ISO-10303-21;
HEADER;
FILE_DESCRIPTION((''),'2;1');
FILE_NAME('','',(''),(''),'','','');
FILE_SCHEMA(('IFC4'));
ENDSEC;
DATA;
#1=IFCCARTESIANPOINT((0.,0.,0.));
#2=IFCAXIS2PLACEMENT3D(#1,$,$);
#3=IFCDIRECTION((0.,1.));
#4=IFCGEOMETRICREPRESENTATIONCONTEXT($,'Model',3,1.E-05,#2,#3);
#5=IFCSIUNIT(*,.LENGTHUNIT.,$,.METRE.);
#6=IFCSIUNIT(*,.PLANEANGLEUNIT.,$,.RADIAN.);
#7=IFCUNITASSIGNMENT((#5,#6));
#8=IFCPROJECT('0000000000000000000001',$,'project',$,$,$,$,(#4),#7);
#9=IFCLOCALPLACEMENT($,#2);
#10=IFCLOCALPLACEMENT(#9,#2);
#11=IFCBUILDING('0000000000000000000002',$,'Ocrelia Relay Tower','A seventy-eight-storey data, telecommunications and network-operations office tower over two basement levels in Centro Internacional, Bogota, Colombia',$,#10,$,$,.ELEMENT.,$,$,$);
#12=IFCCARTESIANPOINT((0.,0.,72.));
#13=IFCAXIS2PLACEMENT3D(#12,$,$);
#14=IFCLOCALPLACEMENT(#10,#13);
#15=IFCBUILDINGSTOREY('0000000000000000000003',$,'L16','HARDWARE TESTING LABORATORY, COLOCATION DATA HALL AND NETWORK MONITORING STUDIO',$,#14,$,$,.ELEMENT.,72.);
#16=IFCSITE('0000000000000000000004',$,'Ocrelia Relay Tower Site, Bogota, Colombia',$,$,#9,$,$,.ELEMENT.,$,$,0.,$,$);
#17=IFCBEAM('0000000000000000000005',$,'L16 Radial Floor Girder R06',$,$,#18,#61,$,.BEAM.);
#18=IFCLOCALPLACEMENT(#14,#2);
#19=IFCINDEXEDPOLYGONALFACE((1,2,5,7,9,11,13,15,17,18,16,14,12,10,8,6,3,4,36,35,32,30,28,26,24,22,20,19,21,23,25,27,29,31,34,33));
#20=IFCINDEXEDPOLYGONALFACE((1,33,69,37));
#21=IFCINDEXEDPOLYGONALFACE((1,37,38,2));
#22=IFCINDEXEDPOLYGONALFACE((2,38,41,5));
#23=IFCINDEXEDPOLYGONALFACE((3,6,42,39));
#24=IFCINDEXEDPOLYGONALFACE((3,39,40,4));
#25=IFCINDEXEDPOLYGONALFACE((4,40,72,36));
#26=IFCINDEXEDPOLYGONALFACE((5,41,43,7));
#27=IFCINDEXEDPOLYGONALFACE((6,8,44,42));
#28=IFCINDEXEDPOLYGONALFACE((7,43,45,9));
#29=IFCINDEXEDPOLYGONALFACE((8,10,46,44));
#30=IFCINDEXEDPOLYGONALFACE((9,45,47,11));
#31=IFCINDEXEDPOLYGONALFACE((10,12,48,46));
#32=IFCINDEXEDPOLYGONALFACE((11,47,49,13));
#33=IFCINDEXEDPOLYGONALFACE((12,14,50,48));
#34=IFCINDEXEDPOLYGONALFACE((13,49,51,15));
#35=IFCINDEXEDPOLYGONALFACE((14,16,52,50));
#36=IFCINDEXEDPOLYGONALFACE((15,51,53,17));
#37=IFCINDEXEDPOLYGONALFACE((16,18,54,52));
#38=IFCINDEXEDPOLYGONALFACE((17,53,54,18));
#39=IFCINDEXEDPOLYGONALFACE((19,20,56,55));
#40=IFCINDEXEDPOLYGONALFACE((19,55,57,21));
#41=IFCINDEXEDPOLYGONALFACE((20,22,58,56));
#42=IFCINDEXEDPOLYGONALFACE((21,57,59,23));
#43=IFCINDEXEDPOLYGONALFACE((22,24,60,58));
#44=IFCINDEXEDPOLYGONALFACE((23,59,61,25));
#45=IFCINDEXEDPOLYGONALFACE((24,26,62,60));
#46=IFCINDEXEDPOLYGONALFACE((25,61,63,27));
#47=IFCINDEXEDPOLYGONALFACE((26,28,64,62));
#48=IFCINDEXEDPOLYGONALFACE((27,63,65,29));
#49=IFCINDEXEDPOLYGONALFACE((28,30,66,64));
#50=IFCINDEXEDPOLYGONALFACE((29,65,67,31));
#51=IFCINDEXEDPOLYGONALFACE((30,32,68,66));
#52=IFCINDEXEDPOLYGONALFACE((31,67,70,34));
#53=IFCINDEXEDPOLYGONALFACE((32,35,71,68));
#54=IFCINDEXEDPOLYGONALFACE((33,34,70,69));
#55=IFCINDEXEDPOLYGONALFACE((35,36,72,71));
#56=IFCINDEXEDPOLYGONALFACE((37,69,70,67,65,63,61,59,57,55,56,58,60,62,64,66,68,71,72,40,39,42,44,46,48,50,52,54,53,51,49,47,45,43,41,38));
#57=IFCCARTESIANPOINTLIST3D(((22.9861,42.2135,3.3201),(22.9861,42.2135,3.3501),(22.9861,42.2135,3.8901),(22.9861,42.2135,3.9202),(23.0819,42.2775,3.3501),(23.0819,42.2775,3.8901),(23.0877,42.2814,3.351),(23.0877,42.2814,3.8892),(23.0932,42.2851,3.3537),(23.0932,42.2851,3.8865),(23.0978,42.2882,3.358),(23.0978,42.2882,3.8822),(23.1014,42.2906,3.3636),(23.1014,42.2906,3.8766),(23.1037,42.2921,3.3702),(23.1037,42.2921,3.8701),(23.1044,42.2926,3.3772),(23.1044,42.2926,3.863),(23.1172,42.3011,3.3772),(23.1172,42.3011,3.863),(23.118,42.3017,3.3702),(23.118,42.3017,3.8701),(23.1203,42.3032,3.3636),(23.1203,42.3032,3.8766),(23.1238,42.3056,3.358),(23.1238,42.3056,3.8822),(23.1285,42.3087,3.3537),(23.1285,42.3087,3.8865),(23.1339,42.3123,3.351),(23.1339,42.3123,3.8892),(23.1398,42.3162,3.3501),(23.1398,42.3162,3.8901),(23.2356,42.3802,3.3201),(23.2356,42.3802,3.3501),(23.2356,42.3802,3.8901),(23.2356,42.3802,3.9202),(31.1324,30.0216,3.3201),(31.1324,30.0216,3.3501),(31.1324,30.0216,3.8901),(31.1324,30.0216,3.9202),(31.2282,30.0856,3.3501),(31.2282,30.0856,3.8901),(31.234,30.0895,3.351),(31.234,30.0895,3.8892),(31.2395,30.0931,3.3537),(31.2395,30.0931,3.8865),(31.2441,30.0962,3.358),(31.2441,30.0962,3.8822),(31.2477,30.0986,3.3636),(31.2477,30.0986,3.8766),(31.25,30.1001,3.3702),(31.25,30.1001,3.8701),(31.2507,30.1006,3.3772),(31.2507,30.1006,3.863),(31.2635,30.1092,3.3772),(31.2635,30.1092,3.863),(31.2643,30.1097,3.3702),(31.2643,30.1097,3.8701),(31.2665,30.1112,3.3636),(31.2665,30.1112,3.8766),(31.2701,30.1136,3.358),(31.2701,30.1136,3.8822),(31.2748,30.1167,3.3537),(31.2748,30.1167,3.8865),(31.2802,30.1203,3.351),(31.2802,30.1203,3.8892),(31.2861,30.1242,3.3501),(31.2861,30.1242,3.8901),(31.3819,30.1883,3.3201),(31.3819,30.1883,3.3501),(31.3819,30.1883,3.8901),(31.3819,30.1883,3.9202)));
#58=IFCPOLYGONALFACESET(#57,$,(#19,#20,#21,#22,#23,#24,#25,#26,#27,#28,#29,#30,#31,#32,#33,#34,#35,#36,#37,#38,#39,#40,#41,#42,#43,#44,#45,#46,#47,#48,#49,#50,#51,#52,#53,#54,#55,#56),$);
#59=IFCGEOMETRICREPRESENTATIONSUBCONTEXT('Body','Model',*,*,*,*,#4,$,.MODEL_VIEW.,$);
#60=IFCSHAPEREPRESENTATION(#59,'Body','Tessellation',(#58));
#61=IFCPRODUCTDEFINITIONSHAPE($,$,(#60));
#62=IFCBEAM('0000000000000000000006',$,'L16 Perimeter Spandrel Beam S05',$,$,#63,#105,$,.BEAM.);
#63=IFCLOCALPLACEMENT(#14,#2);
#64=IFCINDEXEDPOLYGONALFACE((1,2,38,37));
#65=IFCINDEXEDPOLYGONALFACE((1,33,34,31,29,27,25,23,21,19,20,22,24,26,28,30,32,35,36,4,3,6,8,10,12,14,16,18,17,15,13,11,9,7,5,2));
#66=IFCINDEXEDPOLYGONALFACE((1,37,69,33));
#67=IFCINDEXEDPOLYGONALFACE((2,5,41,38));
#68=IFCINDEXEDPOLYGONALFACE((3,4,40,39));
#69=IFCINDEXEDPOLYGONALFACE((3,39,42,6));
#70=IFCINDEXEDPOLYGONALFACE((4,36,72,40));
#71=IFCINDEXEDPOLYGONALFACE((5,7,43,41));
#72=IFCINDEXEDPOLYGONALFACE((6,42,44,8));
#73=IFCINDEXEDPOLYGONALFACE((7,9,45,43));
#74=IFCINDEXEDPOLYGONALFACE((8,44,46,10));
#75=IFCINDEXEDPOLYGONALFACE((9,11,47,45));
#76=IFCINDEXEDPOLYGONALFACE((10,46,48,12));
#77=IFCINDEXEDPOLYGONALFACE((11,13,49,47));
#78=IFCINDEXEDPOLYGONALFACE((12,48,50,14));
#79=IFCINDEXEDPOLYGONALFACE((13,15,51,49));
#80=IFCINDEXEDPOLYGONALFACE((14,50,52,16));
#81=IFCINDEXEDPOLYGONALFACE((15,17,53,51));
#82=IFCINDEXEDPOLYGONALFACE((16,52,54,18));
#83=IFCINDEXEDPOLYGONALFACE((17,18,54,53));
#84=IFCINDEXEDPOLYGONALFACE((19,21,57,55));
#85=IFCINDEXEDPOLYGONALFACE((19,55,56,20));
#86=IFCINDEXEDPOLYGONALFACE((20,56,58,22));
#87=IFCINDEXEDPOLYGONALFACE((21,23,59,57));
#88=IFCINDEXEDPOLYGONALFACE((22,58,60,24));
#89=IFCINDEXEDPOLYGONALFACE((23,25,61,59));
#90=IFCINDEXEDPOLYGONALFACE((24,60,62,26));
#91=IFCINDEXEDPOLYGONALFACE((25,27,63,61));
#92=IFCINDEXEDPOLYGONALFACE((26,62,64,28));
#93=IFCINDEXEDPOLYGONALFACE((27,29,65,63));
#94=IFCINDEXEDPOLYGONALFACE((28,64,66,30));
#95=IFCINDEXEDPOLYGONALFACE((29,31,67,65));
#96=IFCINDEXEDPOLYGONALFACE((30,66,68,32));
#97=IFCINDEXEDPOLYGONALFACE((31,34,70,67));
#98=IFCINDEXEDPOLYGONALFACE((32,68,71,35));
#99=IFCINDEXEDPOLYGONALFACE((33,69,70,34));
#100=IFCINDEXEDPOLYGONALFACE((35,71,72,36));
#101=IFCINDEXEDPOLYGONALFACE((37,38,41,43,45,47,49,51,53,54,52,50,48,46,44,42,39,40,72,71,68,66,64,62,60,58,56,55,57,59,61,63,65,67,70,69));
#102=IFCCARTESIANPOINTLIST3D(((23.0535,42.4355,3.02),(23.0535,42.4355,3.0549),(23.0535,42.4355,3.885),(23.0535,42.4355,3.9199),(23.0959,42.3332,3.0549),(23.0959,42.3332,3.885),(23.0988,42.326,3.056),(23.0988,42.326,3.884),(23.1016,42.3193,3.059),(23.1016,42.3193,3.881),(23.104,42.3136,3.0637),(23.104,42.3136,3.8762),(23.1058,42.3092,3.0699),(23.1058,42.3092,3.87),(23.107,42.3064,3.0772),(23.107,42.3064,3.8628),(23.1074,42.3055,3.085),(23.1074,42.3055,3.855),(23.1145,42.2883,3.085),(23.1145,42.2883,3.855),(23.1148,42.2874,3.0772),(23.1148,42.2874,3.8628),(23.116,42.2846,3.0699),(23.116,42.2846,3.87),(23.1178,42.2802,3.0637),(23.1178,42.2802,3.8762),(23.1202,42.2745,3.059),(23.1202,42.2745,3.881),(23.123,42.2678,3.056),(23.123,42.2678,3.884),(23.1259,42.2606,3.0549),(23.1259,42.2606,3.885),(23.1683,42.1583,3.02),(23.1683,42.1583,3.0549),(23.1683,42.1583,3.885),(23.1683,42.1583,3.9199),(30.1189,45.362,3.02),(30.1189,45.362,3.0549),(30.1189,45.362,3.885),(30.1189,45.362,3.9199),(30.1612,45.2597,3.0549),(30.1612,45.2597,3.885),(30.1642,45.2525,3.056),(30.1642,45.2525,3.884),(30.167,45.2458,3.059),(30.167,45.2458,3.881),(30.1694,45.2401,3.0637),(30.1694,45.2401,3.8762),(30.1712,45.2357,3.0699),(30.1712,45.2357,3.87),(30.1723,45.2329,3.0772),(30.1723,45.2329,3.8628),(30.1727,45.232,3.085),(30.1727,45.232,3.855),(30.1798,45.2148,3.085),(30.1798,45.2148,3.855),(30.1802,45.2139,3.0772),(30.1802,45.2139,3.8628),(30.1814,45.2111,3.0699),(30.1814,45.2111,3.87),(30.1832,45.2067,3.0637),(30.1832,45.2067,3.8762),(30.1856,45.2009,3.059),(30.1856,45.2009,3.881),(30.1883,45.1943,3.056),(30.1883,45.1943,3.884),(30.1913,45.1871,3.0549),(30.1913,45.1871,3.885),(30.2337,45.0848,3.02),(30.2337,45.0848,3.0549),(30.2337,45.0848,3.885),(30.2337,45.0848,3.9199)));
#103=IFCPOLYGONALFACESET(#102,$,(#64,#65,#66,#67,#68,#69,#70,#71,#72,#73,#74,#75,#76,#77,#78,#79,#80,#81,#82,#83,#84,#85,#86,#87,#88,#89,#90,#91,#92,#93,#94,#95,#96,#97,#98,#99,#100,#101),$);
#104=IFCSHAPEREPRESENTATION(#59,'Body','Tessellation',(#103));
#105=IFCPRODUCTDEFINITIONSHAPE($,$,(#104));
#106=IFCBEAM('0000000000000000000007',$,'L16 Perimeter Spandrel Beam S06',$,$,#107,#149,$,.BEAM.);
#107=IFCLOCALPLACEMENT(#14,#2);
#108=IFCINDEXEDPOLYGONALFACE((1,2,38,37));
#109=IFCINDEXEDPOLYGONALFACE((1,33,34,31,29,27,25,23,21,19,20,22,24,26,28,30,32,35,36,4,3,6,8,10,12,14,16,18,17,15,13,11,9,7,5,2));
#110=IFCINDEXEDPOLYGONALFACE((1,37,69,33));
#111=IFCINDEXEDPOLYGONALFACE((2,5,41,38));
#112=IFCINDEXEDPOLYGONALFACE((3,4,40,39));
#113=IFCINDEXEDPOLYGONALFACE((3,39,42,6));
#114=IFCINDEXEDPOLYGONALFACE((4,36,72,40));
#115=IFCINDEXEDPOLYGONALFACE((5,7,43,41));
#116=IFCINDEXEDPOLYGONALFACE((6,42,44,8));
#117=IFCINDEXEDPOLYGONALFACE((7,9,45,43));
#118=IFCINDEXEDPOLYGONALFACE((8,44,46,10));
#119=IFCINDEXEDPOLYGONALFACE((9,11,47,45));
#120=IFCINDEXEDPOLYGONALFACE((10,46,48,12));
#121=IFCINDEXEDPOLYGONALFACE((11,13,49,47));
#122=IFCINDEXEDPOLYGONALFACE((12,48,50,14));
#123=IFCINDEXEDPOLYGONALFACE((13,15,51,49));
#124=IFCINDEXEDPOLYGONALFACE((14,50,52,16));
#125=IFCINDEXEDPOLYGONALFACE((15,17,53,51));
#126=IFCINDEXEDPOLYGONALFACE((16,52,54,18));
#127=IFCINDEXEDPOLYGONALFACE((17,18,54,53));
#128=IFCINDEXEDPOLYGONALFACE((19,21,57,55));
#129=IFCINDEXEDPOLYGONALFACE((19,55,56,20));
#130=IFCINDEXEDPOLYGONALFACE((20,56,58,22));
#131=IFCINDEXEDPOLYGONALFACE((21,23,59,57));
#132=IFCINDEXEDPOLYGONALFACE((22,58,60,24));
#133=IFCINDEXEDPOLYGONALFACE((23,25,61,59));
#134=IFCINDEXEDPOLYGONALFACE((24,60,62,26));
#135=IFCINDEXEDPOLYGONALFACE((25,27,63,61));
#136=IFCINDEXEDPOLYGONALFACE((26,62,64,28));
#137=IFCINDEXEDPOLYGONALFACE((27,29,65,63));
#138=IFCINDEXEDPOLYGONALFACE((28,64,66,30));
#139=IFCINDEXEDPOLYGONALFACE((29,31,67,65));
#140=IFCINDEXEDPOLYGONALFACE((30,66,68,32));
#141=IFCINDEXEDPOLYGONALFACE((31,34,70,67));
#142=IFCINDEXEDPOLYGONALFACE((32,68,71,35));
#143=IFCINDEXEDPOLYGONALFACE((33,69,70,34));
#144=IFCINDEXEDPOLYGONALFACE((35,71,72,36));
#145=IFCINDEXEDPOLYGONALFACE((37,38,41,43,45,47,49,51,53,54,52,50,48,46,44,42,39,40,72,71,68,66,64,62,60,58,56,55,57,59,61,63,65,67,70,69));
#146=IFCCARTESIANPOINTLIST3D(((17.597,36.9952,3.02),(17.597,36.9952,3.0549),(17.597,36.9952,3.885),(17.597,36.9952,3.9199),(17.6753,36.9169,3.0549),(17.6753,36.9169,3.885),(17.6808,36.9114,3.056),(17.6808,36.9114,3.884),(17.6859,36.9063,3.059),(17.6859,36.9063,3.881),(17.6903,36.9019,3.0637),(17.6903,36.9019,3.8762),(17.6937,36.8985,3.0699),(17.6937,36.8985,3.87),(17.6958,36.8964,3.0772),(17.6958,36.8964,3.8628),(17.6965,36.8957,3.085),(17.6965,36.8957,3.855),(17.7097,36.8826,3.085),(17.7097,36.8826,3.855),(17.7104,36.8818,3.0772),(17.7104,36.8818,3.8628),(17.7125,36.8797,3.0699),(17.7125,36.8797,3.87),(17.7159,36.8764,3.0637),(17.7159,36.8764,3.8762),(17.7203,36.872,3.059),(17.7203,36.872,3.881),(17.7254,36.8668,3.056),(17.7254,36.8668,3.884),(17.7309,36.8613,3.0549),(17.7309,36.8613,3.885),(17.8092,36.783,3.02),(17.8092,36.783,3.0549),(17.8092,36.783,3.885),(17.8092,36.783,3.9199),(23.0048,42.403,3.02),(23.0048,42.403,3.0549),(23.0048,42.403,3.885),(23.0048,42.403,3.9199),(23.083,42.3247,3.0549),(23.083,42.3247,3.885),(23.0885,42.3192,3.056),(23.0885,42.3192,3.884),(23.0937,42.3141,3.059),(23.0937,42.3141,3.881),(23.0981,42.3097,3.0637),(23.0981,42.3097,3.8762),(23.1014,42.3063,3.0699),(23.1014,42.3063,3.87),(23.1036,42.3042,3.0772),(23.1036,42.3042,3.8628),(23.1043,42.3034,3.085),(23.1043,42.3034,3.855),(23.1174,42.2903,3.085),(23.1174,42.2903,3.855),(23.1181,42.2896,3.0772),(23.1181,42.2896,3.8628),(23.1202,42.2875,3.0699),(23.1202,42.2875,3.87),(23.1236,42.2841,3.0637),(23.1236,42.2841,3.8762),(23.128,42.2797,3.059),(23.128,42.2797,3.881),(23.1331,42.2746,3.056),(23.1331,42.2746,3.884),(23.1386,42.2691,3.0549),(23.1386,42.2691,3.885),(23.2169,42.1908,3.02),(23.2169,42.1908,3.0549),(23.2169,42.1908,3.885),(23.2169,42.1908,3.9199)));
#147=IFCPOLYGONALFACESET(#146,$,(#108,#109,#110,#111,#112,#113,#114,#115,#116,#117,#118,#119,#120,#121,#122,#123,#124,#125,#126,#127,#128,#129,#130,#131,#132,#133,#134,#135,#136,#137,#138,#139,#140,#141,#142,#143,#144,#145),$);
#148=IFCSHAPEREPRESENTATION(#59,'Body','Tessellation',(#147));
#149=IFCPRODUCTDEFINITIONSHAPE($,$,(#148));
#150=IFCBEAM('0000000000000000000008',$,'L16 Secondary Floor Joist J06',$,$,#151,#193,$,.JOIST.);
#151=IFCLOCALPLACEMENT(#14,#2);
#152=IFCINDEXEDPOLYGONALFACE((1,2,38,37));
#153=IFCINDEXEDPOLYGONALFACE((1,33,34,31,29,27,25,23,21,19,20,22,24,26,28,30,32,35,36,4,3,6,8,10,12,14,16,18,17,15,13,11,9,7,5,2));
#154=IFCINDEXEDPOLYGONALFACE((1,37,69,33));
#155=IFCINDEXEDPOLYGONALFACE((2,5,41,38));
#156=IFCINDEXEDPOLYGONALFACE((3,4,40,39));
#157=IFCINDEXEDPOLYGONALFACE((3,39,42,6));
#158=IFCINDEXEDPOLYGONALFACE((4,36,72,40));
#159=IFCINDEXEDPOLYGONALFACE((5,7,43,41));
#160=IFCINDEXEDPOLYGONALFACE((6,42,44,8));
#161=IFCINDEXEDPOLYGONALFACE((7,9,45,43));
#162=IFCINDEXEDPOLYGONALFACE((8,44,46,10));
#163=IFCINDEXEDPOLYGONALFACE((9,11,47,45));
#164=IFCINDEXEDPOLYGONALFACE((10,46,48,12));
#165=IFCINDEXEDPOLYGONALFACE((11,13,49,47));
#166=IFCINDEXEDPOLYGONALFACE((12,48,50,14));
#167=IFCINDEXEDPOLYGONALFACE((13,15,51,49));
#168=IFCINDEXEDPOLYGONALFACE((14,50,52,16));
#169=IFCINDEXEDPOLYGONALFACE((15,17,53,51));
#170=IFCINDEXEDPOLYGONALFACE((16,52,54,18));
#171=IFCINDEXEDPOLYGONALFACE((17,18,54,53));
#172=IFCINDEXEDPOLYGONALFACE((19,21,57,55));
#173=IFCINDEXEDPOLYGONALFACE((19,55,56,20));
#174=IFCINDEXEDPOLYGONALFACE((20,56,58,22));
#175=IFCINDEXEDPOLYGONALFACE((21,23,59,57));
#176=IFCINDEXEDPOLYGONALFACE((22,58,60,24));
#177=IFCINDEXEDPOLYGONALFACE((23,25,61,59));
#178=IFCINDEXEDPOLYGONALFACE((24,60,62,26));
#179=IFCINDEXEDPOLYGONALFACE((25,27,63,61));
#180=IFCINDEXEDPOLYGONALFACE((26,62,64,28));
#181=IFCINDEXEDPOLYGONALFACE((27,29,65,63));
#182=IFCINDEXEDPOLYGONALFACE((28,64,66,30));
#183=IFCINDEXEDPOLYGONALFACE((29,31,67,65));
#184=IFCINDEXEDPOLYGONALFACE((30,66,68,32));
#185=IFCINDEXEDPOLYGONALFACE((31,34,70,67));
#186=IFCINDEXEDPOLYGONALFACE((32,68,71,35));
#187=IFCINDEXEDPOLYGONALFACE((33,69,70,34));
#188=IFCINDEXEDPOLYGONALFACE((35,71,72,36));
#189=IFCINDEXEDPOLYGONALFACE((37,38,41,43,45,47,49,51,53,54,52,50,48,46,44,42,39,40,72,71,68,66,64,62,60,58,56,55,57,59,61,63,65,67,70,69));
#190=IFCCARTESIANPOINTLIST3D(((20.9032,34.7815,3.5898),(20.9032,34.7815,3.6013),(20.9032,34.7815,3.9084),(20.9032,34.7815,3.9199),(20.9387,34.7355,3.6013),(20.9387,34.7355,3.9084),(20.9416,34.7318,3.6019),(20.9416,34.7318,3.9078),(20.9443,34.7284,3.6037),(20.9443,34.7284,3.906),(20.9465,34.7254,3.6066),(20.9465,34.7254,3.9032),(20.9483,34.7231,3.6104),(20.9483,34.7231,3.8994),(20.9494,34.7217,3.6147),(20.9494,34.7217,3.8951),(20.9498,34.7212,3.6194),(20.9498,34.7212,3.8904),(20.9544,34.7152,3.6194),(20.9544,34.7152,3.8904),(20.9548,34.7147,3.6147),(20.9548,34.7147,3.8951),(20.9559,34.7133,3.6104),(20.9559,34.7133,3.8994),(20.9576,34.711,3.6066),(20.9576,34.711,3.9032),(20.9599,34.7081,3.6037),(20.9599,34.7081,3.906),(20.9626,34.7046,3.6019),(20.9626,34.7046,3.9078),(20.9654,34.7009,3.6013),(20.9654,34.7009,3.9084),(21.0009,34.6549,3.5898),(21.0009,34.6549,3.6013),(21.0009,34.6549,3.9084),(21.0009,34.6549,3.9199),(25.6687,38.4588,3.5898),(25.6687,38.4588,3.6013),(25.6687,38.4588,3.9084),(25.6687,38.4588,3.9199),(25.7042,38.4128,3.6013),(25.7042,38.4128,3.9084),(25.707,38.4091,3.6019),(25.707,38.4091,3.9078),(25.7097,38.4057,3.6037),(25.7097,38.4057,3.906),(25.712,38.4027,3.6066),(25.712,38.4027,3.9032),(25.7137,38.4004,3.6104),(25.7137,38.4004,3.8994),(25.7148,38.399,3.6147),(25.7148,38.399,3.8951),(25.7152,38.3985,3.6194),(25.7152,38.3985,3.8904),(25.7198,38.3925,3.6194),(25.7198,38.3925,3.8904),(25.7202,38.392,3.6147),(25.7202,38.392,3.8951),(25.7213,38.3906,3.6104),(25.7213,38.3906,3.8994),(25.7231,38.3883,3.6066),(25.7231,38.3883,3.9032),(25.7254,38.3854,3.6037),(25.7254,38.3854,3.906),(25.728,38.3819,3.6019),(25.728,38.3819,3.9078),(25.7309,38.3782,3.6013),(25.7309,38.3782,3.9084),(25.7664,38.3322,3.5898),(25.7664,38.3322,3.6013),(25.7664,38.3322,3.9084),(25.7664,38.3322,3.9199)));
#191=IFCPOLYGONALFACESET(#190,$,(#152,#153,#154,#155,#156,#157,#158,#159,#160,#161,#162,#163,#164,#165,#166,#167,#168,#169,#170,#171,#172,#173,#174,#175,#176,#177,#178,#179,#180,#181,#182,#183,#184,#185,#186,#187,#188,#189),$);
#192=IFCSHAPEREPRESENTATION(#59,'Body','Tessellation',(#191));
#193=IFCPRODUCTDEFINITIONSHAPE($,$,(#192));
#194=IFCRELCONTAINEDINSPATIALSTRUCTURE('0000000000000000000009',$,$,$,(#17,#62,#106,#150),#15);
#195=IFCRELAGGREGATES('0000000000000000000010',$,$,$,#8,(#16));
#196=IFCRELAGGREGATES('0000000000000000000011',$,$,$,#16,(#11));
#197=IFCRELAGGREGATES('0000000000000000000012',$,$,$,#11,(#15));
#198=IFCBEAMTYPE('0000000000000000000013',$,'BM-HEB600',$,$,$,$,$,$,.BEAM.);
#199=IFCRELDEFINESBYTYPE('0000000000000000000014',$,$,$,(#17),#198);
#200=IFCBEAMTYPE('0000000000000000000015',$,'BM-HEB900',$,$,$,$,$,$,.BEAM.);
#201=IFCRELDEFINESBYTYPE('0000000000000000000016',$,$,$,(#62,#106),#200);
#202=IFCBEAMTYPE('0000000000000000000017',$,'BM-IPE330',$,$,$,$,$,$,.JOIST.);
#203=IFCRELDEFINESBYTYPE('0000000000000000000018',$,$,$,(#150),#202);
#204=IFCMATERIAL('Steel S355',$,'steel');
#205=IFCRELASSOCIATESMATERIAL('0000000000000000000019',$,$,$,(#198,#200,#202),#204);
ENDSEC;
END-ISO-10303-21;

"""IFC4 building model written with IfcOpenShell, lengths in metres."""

from ifc_helpers import new_model, si_unit, direction, frame, origin, origin_2d, place, context, subcontext, project, spatial, i_section, extrude, material, material_profile, profile_set, type_object, element, save


model = new_model("IFC4")

# Units and contexts
model_context = context("Model", 3, precision=1e-05, world=origin(), true_north=direction((0.0, 1.0)))
body_context = subcontext(model_context, "Body", "Model", "MODEL_VIEW")
ifc_project = project(units=[si_unit("LENGTHUNIT", "METRE"), si_unit("PLANEANGLEUNIT", "RADIAN")], contexts=[model_context])

# Site, building, storey
site_placement = place(None, origin())
site = spatial("IfcSite", under=ifc_project, at=site_placement, Name="Ocrelia Relay Tower Site, Bogota, Colombia", CompositionType="ELEMENT", RefElevation=0.0)
building_placement = place(site_placement, origin())
building = spatial("IfcBuilding", under=site, at=building_placement, Name="Ocrelia Relay Tower", Description="A seventy-eight-storey data, telecommunications and network-operations office tower over two basement levels in Centro Internacional, Bogota, Colombia", CompositionType="ELEMENT")
storey_placement = place(building_placement, frame((0.0, 0.0, 72.0)))
storey = spatial("IfcBuildingStorey", under=building, at=storey_placement, Name="L16", Description="HARDWARE TESTING LABORATORY, COLOCATION DATA HALL AND NETWORK MONITORING STUDIO", CompositionType="ELEMENT", Elevation=72.0)

# Beams
ifc_material_1 = material(Name="Steel S355", Category="steel")
ifc_material_profile_1 = material_profile(ifc_material_1, i_section(OverallWidth=0.3, OverallDepth=0.6001, WebThickness=0.0154, FlangeThickness=0.03, FilletRadius=0.0271, at=origin_2d()), Name="HEB 600")
ifc_profile_set_1 = profile_set([ifc_material_profile_1], Name="Steel S355")
beam_type_1 = type_object("IfcBeamType", Name="BM-HEB600", PredefinedType="BEAM", material=ifc_profile_set_1)
beam_1_placement = place(storey_placement, frame((23.1108, 42.2969, 3.6201), z_axis=(0.555564, -0.831473, 0.0), x_axis=(0.831473, 0.555564, 0.0)))
element("IfcBeam", 1, at=beam_1_placement, inside=storey, type_object=beam_type_1, Name="L16 Radial Floor Girder R06", PredefinedType="BEAM", context=body_context, shape_type="SweptSolid", body=[
    extrude(i_section(OverallWidth=0.3, OverallDepth=0.6001, WebThickness=0.0154, FlangeThickness=0.03, FilletRadius=0.0271, at=origin_2d()), origin(), (0.0, 0.0, 1.0), 14.6631),
])
ifc_material_profile_2 = material_profile(ifc_material_1, i_section(OverallWidth=0.3, OverallDepth=0.8999, WebThickness=0.0186, FlangeThickness=0.0349, FilletRadius=0.03, at=origin_2d()), Name="HEB 900")
ifc_profile_set_2 = profile_set([ifc_material_profile_2], Name="Steel S355")
beam_type_2 = type_object("IfcBeamType", Name="BM-HEB900", PredefinedType="BEAM", material=ifc_profile_set_2)
beam_2_placement = place(storey_placement, frame((30.1763, 45.2234, 3.47), z_axis=(-0.923883, -0.382674, 0.0), x_axis=(0.382674, -0.923883, 0.0)))
element("IfcBeam", 2, at=beam_2_placement, inside=storey, type_object=beam_type_2, Name="L16 Perimeter Spandrel Beam S05", PredefinedType="BEAM", context=body_context, shape_type="SweptSolid", body=[
    extrude(i_section(OverallWidth=0.3, OverallDepth=0.8999, WebThickness=0.0186, FlangeThickness=0.0349, FilletRadius=0.03, at=origin_2d()), origin(), (0.0, 0.0, 1.0), 7.6475),
])
beam_3_placement = place(storey_placement, frame((23.1108, 42.2969, 3.47), z_axis=(-0.707107, -0.707107, 0.0), x_axis=(0.707107, -0.707107, 0.0)))
element("IfcBeam", 3, at=beam_3_placement, inside=storey, type_object=beam_type_2, Name="L16 Perimeter Spandrel Beam S06", PredefinedType="BEAM", context=body_context, shape_type="SweptSolid", body=[
    extrude(i_section(OverallWidth=0.3, OverallDepth=0.8999, WebThickness=0.0186, FlangeThickness=0.0349, FilletRadius=0.03, at=origin_2d()), origin(), (0.0, 0.0, 1.0), 7.6477),
])
ifc_material_profile_3 = material_profile(ifc_material_1, i_section(OverallWidth=0.1599, OverallDepth=0.3301, WebThickness=0.0076, FlangeThickness=0.0115, FilletRadius=0.0181, at=origin_2d()), Name="IPE 330")
ifc_profile_set_3 = profile_set([ifc_material_profile_3], Name="Steel S355")
beam_type_3 = type_object("IfcBeamType", Name="BM-IPE330", PredefinedType="JOIST", material=ifc_profile_set_3)
beam_4_placement = place(storey_placement, frame((25.7175, 38.3955, 3.7549), z_axis=(-0.791694, -0.610918, 0.0), x_axis=(0.610918, -0.791694, 0.0)))
element("IfcBeam", 4, at=beam_4_placement, inside=storey, type_object=beam_type_3, Name="L16 Secondary Floor Joist J06", PredefinedType="JOIST", context=body_context, shape_type="SweptSolid", body=[
    extrude(i_section(OverallWidth=0.1599, OverallDepth=0.3301, WebThickness=0.0076, FlangeThickness=0.0115, FilletRadius=0.0181, at=origin_2d()), origin(), (0.0, 0.0, 1.0), 6.0193),
])

save(model, "model.ifc")
